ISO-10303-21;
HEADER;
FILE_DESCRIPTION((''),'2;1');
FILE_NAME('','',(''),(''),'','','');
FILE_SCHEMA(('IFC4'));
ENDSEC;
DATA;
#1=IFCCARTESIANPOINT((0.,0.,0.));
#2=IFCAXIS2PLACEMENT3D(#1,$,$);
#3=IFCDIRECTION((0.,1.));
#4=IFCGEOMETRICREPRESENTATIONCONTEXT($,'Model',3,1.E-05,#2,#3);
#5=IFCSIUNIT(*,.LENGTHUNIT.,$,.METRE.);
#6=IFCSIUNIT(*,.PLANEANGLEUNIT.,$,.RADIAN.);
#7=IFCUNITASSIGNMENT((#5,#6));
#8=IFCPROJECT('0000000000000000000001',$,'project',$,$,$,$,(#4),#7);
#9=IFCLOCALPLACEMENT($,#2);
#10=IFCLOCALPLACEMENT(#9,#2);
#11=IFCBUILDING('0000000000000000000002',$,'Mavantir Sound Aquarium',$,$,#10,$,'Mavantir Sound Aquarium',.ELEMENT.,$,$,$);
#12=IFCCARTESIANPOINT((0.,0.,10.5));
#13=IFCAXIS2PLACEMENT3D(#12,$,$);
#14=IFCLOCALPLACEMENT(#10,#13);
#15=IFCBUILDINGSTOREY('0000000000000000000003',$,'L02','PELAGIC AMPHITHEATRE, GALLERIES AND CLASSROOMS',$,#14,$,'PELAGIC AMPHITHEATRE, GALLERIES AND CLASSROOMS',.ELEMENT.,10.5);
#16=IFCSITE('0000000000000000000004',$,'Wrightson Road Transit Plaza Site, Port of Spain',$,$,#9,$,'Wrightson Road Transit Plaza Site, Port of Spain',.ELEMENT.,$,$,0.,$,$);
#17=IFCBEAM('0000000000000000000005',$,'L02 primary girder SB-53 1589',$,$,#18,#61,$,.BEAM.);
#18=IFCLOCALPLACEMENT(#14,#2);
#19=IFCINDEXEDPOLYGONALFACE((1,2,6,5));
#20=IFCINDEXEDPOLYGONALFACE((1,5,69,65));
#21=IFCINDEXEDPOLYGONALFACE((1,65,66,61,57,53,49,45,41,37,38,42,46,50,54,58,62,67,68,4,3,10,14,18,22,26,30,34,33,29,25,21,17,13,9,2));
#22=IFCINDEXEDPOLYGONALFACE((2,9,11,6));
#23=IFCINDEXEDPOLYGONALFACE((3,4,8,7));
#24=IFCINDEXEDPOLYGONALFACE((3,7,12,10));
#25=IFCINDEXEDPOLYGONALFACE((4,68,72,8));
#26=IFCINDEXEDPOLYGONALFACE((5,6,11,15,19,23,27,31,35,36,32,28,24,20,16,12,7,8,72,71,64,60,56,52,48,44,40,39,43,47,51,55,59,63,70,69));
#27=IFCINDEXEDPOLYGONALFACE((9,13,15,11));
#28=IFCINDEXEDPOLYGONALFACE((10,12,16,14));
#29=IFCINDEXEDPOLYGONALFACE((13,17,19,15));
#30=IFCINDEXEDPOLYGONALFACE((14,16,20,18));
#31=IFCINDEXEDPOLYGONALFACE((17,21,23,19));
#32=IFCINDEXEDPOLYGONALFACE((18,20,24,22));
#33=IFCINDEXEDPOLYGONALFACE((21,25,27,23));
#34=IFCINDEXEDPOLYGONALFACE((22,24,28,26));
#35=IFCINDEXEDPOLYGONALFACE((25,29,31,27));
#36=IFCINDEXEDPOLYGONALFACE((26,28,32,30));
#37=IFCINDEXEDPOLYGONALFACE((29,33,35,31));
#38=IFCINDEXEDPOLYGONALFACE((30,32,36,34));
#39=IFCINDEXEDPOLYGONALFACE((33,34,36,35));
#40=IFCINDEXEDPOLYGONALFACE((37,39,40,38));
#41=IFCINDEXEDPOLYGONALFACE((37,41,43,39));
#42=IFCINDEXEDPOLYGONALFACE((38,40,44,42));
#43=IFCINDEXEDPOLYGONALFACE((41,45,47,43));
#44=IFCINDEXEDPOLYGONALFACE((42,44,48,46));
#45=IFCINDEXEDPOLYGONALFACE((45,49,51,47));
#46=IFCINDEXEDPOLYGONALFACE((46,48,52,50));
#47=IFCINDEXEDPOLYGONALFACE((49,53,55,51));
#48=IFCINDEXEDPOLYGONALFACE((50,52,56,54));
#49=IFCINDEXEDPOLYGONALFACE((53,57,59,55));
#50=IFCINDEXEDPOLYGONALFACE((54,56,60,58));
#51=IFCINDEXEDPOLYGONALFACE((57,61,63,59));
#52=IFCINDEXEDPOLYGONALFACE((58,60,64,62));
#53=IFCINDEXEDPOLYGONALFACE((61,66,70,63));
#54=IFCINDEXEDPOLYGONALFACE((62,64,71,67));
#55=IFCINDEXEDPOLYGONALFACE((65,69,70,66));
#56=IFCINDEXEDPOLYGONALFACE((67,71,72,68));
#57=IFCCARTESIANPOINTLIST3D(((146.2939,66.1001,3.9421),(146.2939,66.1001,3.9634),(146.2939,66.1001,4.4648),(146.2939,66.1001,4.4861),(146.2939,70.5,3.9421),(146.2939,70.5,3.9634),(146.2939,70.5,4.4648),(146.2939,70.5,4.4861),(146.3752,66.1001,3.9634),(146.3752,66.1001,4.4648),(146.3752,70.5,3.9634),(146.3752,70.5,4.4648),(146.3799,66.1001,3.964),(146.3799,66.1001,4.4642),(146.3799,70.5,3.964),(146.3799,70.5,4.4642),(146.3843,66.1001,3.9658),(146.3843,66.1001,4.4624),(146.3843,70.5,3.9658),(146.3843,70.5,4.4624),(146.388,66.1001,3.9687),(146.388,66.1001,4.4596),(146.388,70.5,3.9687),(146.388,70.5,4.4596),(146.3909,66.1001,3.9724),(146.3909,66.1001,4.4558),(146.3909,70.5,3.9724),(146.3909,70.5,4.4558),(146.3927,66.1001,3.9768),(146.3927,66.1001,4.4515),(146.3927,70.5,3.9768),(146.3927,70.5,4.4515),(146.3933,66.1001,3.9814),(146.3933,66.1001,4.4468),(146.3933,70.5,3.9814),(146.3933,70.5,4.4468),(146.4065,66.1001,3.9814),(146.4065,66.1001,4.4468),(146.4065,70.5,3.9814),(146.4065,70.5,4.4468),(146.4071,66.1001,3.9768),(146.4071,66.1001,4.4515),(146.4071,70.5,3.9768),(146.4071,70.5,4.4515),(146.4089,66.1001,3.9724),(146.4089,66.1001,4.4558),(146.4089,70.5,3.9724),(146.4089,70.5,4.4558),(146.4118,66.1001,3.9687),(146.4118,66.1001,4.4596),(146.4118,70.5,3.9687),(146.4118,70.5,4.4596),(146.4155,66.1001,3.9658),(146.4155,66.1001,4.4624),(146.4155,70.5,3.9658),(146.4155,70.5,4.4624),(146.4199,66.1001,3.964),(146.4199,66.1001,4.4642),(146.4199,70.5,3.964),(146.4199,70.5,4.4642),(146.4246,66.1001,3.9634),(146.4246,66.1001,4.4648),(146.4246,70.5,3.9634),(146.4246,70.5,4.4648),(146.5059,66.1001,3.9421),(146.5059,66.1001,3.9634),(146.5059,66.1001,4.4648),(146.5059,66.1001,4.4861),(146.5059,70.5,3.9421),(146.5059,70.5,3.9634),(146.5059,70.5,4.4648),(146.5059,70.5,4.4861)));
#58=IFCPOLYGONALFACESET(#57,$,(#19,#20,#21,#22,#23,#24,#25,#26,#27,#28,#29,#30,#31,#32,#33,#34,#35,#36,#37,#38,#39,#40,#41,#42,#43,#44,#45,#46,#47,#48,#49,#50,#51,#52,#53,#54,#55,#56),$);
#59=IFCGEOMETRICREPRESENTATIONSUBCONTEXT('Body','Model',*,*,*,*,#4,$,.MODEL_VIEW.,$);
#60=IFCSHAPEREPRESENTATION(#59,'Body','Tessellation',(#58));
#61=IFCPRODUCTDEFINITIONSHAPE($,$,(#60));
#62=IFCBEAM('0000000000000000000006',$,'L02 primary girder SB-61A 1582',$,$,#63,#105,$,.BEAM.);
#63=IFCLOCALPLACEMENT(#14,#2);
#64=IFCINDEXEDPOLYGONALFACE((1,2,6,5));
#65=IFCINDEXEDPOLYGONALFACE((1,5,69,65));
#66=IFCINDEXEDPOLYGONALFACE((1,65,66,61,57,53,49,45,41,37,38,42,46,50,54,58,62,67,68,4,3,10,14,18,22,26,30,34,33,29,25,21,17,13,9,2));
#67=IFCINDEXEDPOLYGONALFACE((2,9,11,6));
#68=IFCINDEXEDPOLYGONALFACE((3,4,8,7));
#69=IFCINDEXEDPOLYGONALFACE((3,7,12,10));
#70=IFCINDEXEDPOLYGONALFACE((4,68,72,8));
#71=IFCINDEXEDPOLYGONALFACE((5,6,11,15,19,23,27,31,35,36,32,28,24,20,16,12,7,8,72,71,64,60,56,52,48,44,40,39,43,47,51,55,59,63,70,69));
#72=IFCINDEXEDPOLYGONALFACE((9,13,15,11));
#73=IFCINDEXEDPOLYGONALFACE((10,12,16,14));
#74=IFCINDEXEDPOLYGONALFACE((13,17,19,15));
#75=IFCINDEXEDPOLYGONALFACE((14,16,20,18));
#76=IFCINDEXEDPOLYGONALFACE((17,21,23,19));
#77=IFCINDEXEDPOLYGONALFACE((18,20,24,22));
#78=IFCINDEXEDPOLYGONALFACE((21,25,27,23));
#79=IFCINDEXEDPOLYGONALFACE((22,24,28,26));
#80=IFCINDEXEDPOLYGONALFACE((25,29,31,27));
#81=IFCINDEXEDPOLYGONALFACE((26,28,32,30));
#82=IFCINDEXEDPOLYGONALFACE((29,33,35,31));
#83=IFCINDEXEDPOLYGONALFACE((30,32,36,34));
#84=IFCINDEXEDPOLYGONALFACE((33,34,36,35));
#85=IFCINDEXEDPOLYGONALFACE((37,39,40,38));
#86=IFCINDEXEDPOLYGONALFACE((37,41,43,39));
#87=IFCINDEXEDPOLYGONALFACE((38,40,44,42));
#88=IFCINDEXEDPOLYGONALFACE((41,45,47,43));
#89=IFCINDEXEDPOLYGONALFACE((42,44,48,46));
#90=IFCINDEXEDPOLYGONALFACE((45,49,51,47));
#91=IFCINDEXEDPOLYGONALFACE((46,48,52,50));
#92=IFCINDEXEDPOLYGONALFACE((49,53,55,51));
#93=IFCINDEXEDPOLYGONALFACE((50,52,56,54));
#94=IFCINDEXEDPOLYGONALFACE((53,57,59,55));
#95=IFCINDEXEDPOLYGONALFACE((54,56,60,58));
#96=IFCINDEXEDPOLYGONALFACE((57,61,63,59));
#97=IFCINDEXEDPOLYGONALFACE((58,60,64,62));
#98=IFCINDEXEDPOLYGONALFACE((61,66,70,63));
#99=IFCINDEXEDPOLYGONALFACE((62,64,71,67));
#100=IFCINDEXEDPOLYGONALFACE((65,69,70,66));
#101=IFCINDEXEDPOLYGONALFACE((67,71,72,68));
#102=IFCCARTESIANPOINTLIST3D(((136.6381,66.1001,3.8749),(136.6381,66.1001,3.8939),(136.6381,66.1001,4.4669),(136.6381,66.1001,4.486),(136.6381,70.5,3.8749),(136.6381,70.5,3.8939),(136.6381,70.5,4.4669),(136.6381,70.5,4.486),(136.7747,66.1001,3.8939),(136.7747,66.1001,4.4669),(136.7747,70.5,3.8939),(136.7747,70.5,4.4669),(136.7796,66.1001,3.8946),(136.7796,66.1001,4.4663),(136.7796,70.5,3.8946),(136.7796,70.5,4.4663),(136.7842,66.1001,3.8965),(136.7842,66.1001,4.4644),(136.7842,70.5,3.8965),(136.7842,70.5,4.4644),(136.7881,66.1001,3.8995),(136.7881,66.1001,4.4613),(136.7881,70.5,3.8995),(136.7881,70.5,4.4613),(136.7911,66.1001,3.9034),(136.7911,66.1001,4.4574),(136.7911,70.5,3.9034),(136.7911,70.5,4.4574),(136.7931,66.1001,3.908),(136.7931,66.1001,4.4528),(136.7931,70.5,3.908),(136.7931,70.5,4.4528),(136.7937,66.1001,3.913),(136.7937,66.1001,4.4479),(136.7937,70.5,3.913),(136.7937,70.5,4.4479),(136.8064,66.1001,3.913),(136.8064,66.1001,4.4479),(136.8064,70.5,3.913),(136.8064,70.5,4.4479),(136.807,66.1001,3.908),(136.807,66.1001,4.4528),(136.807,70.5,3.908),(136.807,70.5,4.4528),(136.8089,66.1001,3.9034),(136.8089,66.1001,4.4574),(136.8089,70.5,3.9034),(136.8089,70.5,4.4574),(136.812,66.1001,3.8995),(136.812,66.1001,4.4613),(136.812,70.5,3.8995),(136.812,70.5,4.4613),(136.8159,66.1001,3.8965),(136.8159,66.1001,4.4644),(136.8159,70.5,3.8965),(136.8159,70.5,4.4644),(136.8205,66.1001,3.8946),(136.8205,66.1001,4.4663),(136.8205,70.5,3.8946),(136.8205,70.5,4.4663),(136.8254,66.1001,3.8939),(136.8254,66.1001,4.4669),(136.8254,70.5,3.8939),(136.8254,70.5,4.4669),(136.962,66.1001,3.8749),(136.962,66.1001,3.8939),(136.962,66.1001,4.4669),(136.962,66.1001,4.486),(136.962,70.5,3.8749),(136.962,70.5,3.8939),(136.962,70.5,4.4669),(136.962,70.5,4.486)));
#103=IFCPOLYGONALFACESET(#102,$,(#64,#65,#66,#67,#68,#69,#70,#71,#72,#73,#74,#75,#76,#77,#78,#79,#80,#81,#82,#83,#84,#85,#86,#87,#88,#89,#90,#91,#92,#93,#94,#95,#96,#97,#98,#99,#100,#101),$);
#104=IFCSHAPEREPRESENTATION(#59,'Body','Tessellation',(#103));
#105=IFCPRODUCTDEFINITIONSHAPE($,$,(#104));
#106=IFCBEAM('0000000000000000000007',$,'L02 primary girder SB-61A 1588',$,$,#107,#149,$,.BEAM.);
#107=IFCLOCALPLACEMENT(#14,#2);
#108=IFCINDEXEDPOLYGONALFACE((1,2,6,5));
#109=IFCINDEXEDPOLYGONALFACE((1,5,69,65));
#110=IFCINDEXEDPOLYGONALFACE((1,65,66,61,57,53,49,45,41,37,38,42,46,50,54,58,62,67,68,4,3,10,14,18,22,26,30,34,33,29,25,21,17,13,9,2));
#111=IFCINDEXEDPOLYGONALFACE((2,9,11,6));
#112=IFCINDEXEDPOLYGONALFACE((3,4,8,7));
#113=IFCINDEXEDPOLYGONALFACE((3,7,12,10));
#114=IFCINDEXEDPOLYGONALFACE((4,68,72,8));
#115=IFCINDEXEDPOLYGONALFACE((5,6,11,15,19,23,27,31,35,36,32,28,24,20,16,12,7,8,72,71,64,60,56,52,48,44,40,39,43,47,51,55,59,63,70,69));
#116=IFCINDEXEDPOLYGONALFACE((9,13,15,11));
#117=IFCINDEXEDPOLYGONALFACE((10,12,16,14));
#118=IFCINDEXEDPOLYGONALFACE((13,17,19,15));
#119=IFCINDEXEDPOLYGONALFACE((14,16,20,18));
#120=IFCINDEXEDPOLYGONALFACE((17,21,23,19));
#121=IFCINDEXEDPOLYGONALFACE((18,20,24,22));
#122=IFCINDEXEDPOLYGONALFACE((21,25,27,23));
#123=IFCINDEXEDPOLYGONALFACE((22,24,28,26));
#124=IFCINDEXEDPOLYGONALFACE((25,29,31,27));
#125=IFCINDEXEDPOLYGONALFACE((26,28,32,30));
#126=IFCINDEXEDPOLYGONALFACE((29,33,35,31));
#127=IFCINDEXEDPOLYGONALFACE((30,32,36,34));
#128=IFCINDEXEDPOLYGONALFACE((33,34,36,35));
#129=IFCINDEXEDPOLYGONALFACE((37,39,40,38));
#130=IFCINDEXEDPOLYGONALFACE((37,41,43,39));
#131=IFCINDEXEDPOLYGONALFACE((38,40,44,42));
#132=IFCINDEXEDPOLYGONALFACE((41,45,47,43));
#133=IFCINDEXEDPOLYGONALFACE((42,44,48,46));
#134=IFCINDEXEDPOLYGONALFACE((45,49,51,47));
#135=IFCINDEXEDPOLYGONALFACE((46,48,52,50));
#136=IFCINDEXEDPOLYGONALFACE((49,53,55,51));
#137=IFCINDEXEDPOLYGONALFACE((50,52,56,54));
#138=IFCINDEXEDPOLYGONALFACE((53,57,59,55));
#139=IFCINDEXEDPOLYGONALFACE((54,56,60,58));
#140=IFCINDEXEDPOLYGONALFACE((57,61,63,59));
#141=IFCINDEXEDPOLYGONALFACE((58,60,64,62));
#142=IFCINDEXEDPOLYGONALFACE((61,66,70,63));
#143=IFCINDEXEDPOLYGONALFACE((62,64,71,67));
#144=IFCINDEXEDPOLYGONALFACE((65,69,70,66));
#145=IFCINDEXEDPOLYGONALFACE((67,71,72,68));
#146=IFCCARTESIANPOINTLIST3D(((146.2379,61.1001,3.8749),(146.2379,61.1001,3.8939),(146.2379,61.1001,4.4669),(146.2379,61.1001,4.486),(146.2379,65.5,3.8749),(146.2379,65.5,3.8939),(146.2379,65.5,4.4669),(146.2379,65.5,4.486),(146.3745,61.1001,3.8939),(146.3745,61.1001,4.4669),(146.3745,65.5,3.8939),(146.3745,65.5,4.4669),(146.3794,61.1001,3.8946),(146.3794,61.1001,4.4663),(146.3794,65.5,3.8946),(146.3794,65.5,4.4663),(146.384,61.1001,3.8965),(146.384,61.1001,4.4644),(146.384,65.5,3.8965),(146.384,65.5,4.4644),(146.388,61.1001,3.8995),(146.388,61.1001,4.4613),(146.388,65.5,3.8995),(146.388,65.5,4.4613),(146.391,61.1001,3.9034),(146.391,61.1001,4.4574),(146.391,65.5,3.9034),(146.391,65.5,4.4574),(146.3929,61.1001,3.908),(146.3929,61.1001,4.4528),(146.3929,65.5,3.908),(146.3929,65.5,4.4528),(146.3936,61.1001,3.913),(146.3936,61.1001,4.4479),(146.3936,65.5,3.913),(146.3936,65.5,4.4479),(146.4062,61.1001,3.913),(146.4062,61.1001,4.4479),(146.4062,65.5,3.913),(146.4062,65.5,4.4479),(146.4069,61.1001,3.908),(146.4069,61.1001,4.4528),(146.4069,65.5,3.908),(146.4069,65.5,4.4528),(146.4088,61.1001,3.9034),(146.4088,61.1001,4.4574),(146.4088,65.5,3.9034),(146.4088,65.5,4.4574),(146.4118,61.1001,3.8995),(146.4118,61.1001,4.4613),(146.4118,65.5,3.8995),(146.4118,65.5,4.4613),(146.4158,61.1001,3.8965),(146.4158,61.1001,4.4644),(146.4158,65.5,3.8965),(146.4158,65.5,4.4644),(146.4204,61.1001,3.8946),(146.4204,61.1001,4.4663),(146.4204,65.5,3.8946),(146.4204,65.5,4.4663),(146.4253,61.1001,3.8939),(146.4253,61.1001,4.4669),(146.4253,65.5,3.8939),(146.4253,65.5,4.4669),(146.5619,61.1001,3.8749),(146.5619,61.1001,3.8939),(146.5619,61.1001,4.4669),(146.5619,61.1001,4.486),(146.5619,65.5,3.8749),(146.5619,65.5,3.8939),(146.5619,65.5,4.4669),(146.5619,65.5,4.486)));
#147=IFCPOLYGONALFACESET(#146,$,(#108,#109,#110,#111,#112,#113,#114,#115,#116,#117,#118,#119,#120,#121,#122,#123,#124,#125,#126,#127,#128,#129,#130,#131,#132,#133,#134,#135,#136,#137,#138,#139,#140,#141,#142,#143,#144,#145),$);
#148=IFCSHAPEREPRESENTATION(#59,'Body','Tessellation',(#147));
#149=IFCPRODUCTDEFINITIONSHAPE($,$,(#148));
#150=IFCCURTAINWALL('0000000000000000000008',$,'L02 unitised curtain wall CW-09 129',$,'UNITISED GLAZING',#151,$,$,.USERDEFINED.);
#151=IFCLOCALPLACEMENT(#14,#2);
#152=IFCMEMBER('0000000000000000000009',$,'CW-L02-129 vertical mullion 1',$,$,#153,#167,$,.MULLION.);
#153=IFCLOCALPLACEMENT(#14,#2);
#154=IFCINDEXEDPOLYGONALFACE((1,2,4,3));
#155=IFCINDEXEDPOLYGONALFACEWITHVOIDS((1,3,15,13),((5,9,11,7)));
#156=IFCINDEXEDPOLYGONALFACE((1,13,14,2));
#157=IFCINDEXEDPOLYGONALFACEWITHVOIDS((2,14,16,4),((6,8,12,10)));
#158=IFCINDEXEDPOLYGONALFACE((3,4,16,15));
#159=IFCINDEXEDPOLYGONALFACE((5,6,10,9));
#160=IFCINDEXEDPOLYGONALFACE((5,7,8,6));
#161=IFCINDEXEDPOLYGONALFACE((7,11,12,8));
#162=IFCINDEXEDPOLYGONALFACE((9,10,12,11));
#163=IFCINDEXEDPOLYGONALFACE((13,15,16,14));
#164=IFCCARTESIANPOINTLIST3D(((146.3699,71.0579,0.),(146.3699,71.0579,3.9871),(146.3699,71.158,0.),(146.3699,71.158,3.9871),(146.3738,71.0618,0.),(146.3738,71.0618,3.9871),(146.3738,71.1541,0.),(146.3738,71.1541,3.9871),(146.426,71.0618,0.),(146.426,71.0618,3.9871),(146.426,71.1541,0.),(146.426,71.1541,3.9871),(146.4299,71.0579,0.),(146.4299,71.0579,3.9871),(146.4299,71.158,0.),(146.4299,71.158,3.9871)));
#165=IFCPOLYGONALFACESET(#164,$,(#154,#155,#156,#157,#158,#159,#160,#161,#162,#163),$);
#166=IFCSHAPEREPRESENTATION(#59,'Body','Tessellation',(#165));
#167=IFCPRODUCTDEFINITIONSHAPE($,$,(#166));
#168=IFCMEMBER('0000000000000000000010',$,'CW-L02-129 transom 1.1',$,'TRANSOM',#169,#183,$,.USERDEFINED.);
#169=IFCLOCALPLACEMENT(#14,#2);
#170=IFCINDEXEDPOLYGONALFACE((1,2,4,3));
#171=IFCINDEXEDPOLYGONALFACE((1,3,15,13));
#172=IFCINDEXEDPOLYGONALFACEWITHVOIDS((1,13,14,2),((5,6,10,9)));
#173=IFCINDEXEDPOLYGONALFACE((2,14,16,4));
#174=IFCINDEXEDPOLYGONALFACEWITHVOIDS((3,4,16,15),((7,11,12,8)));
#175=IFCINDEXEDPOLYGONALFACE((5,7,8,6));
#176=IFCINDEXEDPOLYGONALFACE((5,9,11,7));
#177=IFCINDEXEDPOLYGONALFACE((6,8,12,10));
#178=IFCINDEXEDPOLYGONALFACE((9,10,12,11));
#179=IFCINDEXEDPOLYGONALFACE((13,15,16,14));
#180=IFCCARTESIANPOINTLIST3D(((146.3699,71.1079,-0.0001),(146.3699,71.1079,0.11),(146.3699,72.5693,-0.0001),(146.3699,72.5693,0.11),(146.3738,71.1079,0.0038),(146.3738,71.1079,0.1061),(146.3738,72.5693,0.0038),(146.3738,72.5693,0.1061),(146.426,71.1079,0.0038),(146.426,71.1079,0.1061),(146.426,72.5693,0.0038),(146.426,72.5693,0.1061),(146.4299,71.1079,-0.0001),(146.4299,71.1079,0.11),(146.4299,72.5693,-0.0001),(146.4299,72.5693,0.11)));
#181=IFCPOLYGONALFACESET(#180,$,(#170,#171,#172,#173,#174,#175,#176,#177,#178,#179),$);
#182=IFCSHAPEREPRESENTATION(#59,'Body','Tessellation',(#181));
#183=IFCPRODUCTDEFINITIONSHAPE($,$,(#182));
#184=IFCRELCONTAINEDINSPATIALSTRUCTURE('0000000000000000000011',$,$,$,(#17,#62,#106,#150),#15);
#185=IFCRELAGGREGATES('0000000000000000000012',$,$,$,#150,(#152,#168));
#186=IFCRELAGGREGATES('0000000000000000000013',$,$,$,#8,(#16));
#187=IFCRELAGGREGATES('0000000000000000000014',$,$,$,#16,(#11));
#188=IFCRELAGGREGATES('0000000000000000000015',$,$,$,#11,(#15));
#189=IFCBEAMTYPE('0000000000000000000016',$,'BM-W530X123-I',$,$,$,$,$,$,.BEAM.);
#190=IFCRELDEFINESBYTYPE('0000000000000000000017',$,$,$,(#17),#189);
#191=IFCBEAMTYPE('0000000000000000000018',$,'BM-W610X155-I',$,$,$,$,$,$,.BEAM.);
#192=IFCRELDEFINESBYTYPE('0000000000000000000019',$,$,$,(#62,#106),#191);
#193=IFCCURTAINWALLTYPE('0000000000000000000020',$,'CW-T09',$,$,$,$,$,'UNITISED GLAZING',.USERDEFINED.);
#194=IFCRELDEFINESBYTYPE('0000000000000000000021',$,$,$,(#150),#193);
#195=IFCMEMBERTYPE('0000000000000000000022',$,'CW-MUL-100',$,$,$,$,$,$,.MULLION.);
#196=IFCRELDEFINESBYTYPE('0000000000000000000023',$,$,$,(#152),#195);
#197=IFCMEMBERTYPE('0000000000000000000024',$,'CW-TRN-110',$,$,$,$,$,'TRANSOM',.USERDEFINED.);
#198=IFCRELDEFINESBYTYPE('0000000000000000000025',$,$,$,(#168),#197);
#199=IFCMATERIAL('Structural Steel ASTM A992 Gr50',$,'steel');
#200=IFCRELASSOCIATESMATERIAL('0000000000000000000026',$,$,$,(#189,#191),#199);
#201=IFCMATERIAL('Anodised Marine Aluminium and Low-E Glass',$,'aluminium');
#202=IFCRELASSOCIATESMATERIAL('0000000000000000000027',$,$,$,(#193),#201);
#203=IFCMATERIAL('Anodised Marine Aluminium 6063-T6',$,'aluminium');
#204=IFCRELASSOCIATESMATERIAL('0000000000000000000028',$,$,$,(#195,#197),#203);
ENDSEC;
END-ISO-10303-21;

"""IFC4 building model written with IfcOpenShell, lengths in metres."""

from ifc_helpers import new_model, si_unit, direction, frame, origin, origin_2d, place, context, subcontext, project, spatial, hollow_rectangle, i_section, extrude, material, material_profile, profile_set, type_object, element, aggregate, save


model = new_model("IFC4")

# Units and contexts
model_context = context("Model", 3, precision=1e-05, world=origin(), true_north=direction((0.0, 1.0)))
body_context = subcontext(model_context, "Body", "Model", "MODEL_VIEW")
ifc_project = project(units=[si_unit("LENGTHUNIT", "METRE"), si_unit("PLANEANGLEUNIT", "RADIAN")], contexts=[model_context])

# Site, building, storey
site_placement = place(None, origin())
site = spatial("IfcSite", under=ifc_project, at=site_placement, Name="Wrightson Road Transit Plaza Site, Port of Spain", LongName="Wrightson Road Transit Plaza Site, Port of Spain", CompositionType="ELEMENT", RefElevation=0.0)
building_placement = place(site_placement, origin())
building = spatial("IfcBuilding", under=site, at=building_placement, Name="Mavantir Sound Aquarium", LongName="Mavantir Sound Aquarium", CompositionType="ELEMENT")
storey_placement = place(building_placement, frame((0.0, 0.0, 10.5)))
storey = spatial("IfcBuildingStorey", under=building, at=storey_placement, Name="L02", Description="PELAGIC AMPHITHEATRE, GALLERIES AND CLASSROOMS", LongName="PELAGIC AMPHITHEATRE, GALLERIES AND CLASSROOMS", CompositionType="ELEMENT", Elevation=10.5)

# Beams
ifc_material_1 = material(Name="Structural Steel ASTM A992 Gr50", Category="steel")
ifc_material_profile_1 = material_profile(ifc_material_1, i_section(OverallWidth=0.2119, OverallDepth=0.5439, WebThickness=0.0132, FlangeThickness=0.0212, FilletRadius=0.0181, at=origin_2d()), Name="W530X123")
ifc_profile_set_1 = profile_set([ifc_material_profile_1], Name="Structural Steel ASTM A992 Gr50")
beam_type_1 = type_object("IfcBeamType", Name="BM-W530X123-I", PredefinedType="BEAM", material=ifc_profile_set_1)
for number, where, z_axis, x_axis, name in (
    (1, (146.3999, 66.1001, 4.2141), (0.0, 1.0, 0.0), (-1.0, 0.0, 0.0), "L02 primary girder SB-53 1589"),
):
    element("IfcBeam", number, at=place(storey_placement, frame(where, z_axis=z_axis, x_axis=x_axis)), inside=storey, type_object=beam_type_1, Name=name, PredefinedType="BEAM", context=body_context, shape_type="SweptSolid", body=[
        extrude(i_section(OverallWidth=0.2119, OverallDepth=0.5439, WebThickness=0.0132, FlangeThickness=0.0212, FilletRadius=0.0181, at=origin_2d()), origin(), (0.0, 0.0, 1.0), 4.3999),
    ])
ifc_material_profile_2 = material_profile(ifc_material_1, i_section(OverallWidth=0.324, OverallDepth=0.6111, WebThickness=0.0127, FlangeThickness=0.019, FilletRadius=0.019, at=origin_2d()), Name="W610X155")
ifc_profile_set_2 = profile_set([ifc_material_profile_2], Name="Structural Steel ASTM A992 Gr50")
beam_type_2 = type_object("IfcBeamType", Name="BM-W610X155-I", PredefinedType="BEAM", material=ifc_profile_set_2)
for number, where, z_axis, x_axis, name in (
    (2, (136.8, 66.1001, 4.1804), (0.0, 1.0, 0.0), (-1.0, 0.0, 0.0), "L02 primary girder SB-61A 1582"),
    (3, (146.3999, 61.1001, 4.1804), (0.0, 1.0, 0.0), (-1.0, 0.0, 0.0), "L02 primary girder SB-61A 1588"),
):
    element("IfcBeam", number, at=place(storey_placement, frame(where, z_axis=z_axis, x_axis=x_axis)), inside=storey, type_object=beam_type_2, Name=name, PredefinedType="BEAM", context=body_context, shape_type="SweptSolid", body=[
        extrude(i_section(OverallWidth=0.324, OverallDepth=0.6111, WebThickness=0.0127, FlangeThickness=0.019, FilletRadius=0.019, at=origin_2d()), origin(), (0.0, 0.0, 1.0), 4.3999),
    ])

# Curtain wall, members
ifc_material_2 = material(Name="Anodised Marine Aluminium and Low-E Glass", Category="aluminium")
curtain_wall_type = type_object("IfcCurtainWallType", Name="CW-T09", ElementType="UNITISED GLAZING", PredefinedType="USERDEFINED", material=ifc_material_2)
curtain_wall_placement = place(storey_placement, origin())
curtain_wall = element("IfcCurtainWall", 4, at=curtain_wall_placement, inside=storey, type_object=curtain_wall_type, Name="L02 unitised curtain wall CW-09 129", ObjectType="UNITISED GLAZING", PredefinedType="USERDEFINED")
ifc_material_3 = material(Name="Anodised Marine Aluminium 6063-T6", Category="aluminium")
ifc_material_profile_3 = material_profile(ifc_material_3, hollow_rectangle(XDim=0.0601, YDim=0.1001, WallThickness=0.0039, at=origin_2d()), Name="ALU-MULLION-100X60")
ifc_profile_set_3 = profile_set([ifc_material_profile_3], Name="Anodised Marine Aluminium 6063-T6")
member_type_1 = type_object("IfcMemberType", Name="CW-MUL-100", PredefinedType="MULLION", material=ifc_profile_set_3)
member_1_placement = place(storey_placement, frame((146.3999, 71.1079, 0.0), z_axis=(0.0, 0.0, 1.0), x_axis=(1.0, 0.0, 0.0)))
member_1 = element("IfcMember", 5, at=member_1_placement, type_object=member_type_1, Name="CW-L02-129 vertical mullion 1", PredefinedType="MULLION", context=body_context, shape_type="SweptSolid", body=[
    extrude(hollow_rectangle(XDim=0.0601, YDim=0.1001, WallThickness=0.0039, at=origin_2d()), origin(), (0.0, 0.0, 1.0), 3.9871),
])
ifc_material_profile_4 = material_profile(ifc_material_3, hollow_rectangle(XDim=0.0601, YDim=0.1101, WallThickness=0.0039, at=origin_2d()), Name="ALU-TRANSOM-110X60")
ifc_profile_set_4 = profile_set([ifc_material_profile_4], Name="Anodised Marine Aluminium 6063-T6")
member_type_2 = type_object("IfcMemberType", Name="CW-TRN-110", ElementType="TRANSOM", PredefinedType="USERDEFINED", material=ifc_profile_set_4)
member_2_placement = place(storey_placement, frame((146.3999, 71.1079, 0.0549), z_axis=(0.0, 1.0, 0.0), x_axis=(-1.0, 0.0, 0.0)))
member_2 = element("IfcMember", 6, at=member_2_placement, type_object=member_type_2, Name="CW-L02-129 transom 1.1", ObjectType="TRANSOM", PredefinedType="USERDEFINED", context=body_context, shape_type="SweptSolid", body=[
    extrude(hollow_rectangle(XDim=0.0601, YDim=0.1101, WallThickness=0.0039, at=origin_2d()), origin(), (0.0, 0.0, 1.0), 1.4614),
])
aggregate(curtain_wall, [member_1, member_2])

save(model, "model.ifc")
